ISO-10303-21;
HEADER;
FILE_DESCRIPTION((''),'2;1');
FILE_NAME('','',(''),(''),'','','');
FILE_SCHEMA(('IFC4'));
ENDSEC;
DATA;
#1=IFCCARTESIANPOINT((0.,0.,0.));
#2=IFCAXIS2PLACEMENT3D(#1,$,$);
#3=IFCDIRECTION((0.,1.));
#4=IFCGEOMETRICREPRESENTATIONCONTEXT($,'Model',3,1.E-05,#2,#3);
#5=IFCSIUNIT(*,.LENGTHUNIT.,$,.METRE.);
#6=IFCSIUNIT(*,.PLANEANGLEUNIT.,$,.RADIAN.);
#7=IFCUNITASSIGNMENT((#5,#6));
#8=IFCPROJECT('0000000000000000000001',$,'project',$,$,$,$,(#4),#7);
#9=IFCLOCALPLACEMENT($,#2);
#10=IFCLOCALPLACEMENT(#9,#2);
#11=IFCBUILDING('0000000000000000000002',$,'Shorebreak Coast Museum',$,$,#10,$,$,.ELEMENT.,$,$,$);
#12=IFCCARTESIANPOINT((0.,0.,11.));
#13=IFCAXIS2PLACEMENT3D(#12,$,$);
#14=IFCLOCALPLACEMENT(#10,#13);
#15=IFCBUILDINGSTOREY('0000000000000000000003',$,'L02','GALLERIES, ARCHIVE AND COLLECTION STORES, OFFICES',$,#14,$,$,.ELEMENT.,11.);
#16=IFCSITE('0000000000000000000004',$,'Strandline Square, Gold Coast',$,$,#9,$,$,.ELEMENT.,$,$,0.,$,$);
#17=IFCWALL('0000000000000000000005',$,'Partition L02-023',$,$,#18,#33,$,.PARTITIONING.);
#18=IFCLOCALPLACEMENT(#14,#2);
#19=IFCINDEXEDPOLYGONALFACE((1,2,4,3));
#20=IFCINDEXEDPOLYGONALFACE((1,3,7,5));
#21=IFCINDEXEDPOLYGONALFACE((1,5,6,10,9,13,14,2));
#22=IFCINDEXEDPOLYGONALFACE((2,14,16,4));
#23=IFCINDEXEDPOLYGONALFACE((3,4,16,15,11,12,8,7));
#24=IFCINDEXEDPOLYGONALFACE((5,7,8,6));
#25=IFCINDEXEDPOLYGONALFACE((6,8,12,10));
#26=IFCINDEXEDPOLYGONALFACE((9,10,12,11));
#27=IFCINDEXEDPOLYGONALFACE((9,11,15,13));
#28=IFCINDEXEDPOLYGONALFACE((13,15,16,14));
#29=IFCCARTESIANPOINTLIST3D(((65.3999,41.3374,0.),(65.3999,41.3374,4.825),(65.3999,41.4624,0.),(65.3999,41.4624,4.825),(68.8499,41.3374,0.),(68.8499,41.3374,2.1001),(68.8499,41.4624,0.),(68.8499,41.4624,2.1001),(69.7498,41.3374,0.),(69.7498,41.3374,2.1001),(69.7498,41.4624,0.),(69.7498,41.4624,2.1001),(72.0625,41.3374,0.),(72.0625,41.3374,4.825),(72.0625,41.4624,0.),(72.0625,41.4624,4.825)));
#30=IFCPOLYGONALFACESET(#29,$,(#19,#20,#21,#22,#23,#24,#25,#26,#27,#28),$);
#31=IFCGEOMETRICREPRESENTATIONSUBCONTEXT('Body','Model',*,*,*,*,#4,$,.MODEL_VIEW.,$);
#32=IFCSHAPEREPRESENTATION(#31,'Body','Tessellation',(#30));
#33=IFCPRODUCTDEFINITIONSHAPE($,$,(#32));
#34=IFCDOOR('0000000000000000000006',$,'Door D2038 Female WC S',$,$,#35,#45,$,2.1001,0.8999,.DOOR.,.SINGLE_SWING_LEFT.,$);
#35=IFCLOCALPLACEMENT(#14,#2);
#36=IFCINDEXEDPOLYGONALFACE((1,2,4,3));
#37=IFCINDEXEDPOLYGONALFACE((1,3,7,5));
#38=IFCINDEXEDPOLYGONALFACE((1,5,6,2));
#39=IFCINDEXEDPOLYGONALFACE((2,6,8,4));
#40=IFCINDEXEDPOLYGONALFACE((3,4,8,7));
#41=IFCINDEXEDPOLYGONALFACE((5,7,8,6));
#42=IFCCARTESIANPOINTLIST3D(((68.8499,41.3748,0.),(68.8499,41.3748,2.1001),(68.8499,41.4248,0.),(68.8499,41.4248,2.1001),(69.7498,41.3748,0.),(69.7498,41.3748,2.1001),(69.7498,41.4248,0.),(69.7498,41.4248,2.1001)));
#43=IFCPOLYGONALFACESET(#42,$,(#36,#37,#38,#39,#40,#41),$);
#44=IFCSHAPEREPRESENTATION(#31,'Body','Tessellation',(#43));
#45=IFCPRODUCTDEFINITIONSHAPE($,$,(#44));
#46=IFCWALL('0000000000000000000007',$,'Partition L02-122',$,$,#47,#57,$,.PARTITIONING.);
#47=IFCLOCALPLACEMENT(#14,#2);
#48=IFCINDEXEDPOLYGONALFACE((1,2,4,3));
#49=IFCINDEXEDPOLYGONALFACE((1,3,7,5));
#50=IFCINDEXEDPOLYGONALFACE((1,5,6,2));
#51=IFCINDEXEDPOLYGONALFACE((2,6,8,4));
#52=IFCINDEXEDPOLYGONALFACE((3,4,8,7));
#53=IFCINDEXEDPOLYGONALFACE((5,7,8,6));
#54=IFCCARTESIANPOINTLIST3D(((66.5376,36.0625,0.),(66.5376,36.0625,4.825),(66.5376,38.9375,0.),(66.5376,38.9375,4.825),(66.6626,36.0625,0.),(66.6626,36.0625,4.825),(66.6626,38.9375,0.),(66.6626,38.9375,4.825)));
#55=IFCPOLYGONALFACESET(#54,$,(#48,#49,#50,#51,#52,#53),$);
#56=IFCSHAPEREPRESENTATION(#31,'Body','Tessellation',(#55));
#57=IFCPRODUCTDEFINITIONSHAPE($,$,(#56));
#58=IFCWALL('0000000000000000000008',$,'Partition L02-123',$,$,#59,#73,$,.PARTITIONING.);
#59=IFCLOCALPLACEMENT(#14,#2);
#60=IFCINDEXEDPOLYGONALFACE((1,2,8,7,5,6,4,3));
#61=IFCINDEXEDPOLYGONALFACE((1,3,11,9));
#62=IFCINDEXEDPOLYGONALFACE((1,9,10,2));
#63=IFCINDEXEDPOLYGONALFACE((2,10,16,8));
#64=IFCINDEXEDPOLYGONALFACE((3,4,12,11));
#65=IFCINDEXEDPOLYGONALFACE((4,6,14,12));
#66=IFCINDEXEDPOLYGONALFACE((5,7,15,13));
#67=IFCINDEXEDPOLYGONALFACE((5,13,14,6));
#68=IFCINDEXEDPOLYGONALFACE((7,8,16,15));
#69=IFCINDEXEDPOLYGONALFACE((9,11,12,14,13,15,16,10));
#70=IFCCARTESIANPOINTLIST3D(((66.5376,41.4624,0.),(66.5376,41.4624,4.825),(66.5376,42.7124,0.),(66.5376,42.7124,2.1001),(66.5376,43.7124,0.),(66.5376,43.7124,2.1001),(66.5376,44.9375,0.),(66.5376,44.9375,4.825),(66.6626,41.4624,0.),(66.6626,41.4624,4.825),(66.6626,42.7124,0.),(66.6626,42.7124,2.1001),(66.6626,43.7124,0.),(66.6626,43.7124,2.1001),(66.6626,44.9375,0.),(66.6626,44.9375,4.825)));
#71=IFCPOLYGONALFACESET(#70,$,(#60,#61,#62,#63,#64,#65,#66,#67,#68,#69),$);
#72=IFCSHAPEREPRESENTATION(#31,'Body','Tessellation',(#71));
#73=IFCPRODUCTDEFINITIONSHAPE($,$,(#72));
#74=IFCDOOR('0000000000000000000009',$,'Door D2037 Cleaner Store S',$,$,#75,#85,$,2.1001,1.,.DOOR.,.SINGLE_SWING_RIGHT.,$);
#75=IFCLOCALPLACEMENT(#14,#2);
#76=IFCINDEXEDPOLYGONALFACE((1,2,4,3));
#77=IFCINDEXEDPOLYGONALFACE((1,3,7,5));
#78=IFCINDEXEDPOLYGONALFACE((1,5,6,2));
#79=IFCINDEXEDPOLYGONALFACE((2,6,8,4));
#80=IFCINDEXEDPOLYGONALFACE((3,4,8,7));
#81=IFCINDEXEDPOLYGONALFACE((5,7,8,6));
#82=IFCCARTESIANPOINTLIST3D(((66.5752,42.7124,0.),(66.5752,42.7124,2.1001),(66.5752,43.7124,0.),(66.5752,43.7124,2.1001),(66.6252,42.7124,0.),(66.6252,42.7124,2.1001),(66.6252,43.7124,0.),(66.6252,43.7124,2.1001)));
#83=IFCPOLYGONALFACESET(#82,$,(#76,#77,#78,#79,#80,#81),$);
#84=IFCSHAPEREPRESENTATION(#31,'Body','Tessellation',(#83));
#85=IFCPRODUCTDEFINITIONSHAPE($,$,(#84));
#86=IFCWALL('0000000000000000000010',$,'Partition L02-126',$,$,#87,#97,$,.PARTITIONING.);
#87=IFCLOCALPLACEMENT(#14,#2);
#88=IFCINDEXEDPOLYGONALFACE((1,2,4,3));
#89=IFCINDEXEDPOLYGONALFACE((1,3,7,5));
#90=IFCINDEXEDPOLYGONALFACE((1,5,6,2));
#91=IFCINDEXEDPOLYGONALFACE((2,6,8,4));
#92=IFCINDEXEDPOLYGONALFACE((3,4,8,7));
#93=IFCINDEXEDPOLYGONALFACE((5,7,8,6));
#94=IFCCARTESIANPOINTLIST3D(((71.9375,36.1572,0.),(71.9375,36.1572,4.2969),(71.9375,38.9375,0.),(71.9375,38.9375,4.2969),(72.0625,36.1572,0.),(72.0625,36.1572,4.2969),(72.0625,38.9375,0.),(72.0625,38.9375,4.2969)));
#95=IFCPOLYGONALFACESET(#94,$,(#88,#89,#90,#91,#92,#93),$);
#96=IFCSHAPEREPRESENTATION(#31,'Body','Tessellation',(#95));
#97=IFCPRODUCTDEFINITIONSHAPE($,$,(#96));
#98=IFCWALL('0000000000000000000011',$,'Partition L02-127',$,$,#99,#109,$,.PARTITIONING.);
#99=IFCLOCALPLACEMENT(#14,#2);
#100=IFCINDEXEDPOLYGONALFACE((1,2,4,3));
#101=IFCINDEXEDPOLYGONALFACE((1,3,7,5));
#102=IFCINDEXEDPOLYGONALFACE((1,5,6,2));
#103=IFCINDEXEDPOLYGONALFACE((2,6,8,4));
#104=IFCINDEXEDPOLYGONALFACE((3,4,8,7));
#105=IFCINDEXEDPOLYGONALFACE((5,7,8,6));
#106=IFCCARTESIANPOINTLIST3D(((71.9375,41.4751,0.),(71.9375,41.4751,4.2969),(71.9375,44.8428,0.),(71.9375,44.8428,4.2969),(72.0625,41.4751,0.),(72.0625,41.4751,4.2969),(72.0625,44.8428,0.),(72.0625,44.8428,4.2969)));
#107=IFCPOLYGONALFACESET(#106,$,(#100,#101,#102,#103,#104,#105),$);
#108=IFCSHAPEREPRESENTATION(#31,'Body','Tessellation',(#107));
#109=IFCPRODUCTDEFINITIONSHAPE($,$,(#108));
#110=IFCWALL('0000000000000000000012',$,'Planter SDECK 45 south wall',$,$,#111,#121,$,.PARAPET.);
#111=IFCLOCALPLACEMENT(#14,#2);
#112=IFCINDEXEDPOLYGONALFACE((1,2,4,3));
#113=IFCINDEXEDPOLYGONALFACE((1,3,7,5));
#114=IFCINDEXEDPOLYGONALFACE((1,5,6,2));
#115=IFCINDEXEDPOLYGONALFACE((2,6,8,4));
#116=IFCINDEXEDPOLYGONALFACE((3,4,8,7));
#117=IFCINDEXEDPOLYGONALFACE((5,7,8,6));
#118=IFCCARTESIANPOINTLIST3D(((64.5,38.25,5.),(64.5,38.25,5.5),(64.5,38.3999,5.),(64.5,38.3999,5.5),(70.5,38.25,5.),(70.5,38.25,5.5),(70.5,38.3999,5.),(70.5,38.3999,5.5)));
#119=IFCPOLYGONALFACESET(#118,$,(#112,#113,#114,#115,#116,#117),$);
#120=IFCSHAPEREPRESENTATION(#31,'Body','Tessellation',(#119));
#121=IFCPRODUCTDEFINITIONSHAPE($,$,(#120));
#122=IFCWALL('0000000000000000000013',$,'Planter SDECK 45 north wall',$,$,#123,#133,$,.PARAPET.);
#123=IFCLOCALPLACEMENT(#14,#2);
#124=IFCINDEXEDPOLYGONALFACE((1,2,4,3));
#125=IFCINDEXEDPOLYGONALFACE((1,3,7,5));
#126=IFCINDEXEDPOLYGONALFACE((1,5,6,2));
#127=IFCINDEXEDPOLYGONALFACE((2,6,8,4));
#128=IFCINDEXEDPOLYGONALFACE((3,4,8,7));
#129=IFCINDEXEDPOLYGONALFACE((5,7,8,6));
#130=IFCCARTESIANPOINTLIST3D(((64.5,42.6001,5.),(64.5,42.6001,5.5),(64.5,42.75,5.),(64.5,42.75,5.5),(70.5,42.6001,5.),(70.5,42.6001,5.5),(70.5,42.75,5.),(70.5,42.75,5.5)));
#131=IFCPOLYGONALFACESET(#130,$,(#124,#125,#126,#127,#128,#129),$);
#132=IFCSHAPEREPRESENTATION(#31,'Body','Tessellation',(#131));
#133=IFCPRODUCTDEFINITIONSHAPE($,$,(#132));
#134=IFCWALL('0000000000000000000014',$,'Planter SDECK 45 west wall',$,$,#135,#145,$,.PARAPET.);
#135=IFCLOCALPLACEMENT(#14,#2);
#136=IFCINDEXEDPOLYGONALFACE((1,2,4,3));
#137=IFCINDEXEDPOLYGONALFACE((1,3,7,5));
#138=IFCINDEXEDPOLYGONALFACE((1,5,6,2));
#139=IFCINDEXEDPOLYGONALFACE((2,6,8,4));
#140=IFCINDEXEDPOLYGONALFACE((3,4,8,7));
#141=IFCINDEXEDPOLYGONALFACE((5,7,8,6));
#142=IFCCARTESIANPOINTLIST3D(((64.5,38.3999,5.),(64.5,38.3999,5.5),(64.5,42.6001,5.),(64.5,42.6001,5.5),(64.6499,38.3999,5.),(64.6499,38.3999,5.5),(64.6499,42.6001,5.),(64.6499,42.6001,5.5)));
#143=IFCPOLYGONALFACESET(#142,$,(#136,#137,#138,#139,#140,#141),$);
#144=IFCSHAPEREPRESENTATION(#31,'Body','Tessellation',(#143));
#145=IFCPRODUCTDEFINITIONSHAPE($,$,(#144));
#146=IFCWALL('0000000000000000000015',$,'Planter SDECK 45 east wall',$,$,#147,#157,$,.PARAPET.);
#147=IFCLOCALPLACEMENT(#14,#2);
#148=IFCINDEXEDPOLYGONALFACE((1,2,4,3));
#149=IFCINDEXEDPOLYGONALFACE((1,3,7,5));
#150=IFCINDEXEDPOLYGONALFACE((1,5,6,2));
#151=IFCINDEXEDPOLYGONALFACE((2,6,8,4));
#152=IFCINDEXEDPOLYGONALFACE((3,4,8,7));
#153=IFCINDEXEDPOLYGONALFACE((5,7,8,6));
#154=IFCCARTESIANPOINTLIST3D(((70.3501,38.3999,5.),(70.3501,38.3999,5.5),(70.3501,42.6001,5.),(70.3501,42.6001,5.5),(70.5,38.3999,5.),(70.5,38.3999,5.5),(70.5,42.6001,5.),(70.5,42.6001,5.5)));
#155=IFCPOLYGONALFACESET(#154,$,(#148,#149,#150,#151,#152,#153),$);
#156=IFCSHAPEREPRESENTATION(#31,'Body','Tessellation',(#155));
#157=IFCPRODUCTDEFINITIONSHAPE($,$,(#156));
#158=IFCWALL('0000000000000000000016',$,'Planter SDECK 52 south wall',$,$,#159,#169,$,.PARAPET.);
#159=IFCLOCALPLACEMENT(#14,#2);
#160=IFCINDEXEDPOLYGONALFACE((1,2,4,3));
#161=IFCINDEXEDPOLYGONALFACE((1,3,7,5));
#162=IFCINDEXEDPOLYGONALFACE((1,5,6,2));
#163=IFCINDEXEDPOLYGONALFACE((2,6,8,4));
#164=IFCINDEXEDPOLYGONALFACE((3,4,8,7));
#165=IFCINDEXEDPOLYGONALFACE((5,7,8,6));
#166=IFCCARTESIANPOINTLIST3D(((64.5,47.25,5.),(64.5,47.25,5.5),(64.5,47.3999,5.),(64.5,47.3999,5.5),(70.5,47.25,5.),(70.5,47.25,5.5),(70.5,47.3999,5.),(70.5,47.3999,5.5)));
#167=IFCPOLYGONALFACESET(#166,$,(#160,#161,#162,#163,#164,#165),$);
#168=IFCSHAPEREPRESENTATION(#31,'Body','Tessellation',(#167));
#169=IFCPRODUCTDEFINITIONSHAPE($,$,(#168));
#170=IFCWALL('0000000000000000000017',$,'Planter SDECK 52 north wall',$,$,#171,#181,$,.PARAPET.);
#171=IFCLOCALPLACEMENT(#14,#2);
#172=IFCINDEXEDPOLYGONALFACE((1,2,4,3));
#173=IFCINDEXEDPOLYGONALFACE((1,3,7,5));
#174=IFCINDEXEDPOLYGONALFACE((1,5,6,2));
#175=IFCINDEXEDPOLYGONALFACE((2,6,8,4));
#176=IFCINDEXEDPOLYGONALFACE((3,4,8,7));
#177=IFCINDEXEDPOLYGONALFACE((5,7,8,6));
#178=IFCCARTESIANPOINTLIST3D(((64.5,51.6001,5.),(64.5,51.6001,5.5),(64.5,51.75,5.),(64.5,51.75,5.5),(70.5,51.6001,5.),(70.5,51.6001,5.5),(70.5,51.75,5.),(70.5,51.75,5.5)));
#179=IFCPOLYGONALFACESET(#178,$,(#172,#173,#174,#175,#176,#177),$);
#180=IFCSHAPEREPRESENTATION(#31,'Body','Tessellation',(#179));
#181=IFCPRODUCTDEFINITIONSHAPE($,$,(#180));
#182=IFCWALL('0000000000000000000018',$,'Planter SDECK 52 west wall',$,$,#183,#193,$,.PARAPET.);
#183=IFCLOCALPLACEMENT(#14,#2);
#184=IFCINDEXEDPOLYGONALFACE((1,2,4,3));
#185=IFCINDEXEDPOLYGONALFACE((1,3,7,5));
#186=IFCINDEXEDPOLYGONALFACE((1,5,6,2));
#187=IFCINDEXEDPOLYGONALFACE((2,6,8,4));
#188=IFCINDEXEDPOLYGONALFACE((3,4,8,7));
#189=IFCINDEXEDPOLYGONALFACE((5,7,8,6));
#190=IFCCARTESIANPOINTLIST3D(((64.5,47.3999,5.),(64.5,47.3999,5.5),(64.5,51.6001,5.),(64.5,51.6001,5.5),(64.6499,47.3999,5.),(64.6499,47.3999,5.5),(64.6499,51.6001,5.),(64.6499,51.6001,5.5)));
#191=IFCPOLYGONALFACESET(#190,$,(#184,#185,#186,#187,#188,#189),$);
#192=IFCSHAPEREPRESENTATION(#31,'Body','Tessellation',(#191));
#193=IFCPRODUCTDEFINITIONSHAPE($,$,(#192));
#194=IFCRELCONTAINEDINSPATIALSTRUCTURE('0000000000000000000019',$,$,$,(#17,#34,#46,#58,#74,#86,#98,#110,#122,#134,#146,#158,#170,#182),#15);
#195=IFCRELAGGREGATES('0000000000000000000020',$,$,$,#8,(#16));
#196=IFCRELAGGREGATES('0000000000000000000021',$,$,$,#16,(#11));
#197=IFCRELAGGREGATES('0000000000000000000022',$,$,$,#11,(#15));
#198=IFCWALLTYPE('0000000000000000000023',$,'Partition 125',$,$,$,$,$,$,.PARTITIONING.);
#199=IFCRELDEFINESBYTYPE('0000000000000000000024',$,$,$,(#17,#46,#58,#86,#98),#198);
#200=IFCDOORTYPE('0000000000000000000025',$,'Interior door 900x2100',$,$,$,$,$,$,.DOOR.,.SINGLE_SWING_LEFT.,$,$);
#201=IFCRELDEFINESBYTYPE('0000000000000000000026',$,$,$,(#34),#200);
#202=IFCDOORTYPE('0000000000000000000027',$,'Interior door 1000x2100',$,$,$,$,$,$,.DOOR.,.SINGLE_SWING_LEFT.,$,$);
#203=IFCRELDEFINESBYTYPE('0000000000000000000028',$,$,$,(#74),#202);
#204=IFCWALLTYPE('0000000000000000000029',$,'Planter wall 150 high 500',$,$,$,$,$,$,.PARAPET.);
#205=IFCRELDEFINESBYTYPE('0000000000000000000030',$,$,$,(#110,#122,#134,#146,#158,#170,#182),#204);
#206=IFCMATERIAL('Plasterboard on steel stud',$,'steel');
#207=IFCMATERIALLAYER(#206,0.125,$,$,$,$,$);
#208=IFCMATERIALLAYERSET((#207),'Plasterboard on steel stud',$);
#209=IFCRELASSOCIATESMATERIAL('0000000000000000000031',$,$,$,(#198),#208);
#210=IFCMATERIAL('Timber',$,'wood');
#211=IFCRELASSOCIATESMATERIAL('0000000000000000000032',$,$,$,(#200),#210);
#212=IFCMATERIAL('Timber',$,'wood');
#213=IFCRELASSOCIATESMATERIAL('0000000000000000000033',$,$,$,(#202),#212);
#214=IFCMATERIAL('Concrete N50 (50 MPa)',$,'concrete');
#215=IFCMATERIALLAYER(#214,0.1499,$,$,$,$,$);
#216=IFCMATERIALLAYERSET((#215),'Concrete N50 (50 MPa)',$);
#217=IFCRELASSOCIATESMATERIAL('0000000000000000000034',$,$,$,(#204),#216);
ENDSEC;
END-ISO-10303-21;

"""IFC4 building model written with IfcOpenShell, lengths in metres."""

from ifc_helpers import new_model, si_unit, direction, frame, frame_2d, origin, place, context, subcontext, project, spatial, rectangle, extrude, material, layer, layer_set, type_object, element, fill, save


model = new_model("IFC4")

# Units and contexts
model_context = context("Model", 3, precision=1e-05, world=origin(), true_north=direction((0.0, 1.0)))
body_context = subcontext(model_context, "Body", "Model", "MODEL_VIEW")
ifc_project = project(units=[si_unit("LENGTHUNIT", "METRE"), si_unit("PLANEANGLEUNIT", "RADIAN")], contexts=[model_context])

# Site, building, storey
site_placement = place(None, origin())
site = spatial("IfcSite", under=ifc_project, at=site_placement, Name="Strandline Square, Gold Coast", CompositionType="ELEMENT", RefElevation=0.0)
building_placement = place(site_placement, origin())
building = spatial("IfcBuilding", under=site, at=building_placement, Name="Shorebreak Coast Museum", CompositionType="ELEMENT")
storey_placement = place(building_placement, frame((0.0, 0.0, 11.0)))
storey = spatial("IfcBuildingStorey", under=building, at=storey_placement, Name="L02", Description="GALLERIES, ARCHIVE AND COLLECTION STORES, OFFICES", CompositionType="ELEMENT", Elevation=11.0)

# Wall, opening, door
ifc_material_1 = material(Name="Plasterboard on steel stud", Category="steel")
ifc_layer_1 = layer(ifc_material_1, 0.125)
ifc_layer_set_1 = layer_set([ifc_layer_1], Name="Plasterboard on steel stud")
wall_type_1 = type_object("IfcWallType", Name="Partition 125", PredefinedType="PARTITIONING", material=ifc_layer_set_1)
wall_1_placement = place(storey_placement, frame((65.3999, 41.3999, 0.0), z_axis=(0.0, 0.0, 1.0), x_axis=(1.0, 0.0, 0.0)))
wall_1 = element("IfcWall", 1, at=wall_1_placement, inside=storey, type_object=wall_type_1, Name="Partition L02-023", PredefinedType="PARTITIONING", context=body_context, shape_type="SweptSolid", body=[
    extrude(rectangle(XDim=6.6626, YDim=0.125, at=frame_2d((3.3313, 0.0))), origin(), (0.0, 0.0, 1.0), 4.825),
])
opening_1_placement = place(wall_1_placement, frame((3.45, 0.0, 0.0)))
opening_1 = element("IfcOpeningElement", 2, at=opening_1_placement, cuts=wall_1, PredefinedType="OPENING", context=body_context, shape_type="SweptSolid", body=[
    extrude(rectangle(XDim=0.8999, YDim=2.1001, at=frame_2d((0.45, 1.05))), frame((0.0, 0.0725, 0.0), z_axis=(0.0, -1.0, 0.0), x_axis=(1.0, 0.0, 0.0)), (0.0, 0.0, 1.0), 0.145),
])
ifc_material_2 = material(Name="Timber", Category="wood")
door_type_1 = type_object("IfcDoorType", Name="Interior door 900x2100", OperationType="SINGLE_SWING_LEFT", PredefinedType="DOOR", material=ifc_material_2)
door_1_placement = place(opening_1_placement, origin())
door_1 = element("IfcDoor", 3, at=door_1_placement, inside=storey, type_object=door_type_1, Name="Door D2038 Female WC S", OperationType="SINGLE_SWING_LEFT", OverallHeight=2.1001, OverallWidth=0.8999, PredefinedType="DOOR", context=body_context, shape_type="SweptSolid", body=[
    extrude(rectangle(XDim=0.8999, YDim=2.1001, at=frame_2d((0.45, 1.05))), frame((0.0, 0.0249, 0.0), z_axis=(0.0, -1.0, 0.0), x_axis=(1.0, 0.0, 0.0)), (0.0, 0.0, 1.0), 0.05),
])
fill(opening_1, door_1)

# Wall
wall_2_placement = place(storey_placement, frame((66.6001, 36.0625, 0.0), z_axis=(0.0, 0.0, 1.0), x_axis=(0.0, 1.0, 0.0)))
element("IfcWall", 4, at=wall_2_placement, inside=storey, type_object=wall_type_1, Name="Partition L02-122", PredefinedType="PARTITIONING", context=body_context, shape_type="SweptSolid", body=[
    extrude(rectangle(XDim=2.875, YDim=0.125, at=frame_2d((1.4375, 0.0))), origin(), (0.0, 0.0, 1.0), 4.825),
])

# Wall, opening, door
wall_3_placement = place(storey_placement, frame((66.6001, 41.4624, 0.0), z_axis=(0.0, 0.0, 1.0), x_axis=(0.0, 1.0, 0.0)))
wall_3 = element("IfcWall", 5, at=wall_3_placement, inside=storey, type_object=wall_type_1, Name="Partition L02-123", PredefinedType="PARTITIONING", context=body_context, shape_type="SweptSolid", body=[
    extrude(rectangle(XDim=3.4751, YDim=0.125, at=frame_2d((1.7375, 0.0))), origin(), (0.0, 0.0, 1.0), 4.825),
])
opening_2_placement = place(wall_3_placement, frame((1.25, 0.0, 0.0)))
opening_2 = element("IfcOpeningElement", 6, at=opening_2_placement, cuts=wall_3, PredefinedType="OPENING", context=body_context, shape_type="SweptSolid", body=[
    extrude(rectangle(XDim=1.0, YDim=2.1001, at=frame_2d((0.5, 1.05))), frame((0.0, 0.0725, 0.0), z_axis=(0.0, -1.0, 0.0), x_axis=(1.0, 0.0, 0.0)), (0.0, 0.0, 1.0), 0.145),
])
ifc_material_3 = material(Name="Timber", Category="wood")
door_type_2 = type_object("IfcDoorType", Name="Interior door 1000x2100", OperationType="SINGLE_SWING_LEFT", PredefinedType="DOOR", material=ifc_material_3)
door_2_placement = place(opening_2_placement, origin())
door_2 = element("IfcDoor", 7, at=door_2_placement, inside=storey, type_object=door_type_2, Name="Door D2037 Cleaner Store S", OperationType="SINGLE_SWING_RIGHT", OverallHeight=2.1001, OverallWidth=1.0, PredefinedType="DOOR", context=body_context, shape_type="SweptSolid", body=[
    extrude(rectangle(XDim=1.0, YDim=2.1001, at=frame_2d((0.5, 1.05))), frame((0.0, 0.0249, 0.0), z_axis=(0.0, -1.0, 0.0), x_axis=(1.0, 0.0, 0.0)), (0.0, 0.0, 1.0), 0.05),
])
fill(opening_2, door_2)

# Walls
wall_4_placement = place(storey_placement, frame((72.0, 36.1572, 0.0), z_axis=(0.0, 0.0, 1.0), x_axis=(0.0, 1.0, 0.0)))
element("IfcWall", 8, at=wall_4_placement, inside=storey, type_object=wall_type_1, Name="Partition L02-126", PredefinedType="PARTITIONING", context=body_context, shape_type="SweptSolid", body=[
    extrude(rectangle(XDim=2.7803, YDim=0.125, at=frame_2d((1.3901, 0.0))), origin(), (0.0, 0.0, 1.0), 4.2969),
])
wall_5_placement = place(storey_placement, frame((72.0, 41.4751, 0.0), z_axis=(0.0, 0.0, 1.0), x_axis=(0.0, 1.0, 0.0)))
element("IfcWall", 9, at=wall_5_placement, inside=storey, type_object=wall_type_1, Name="Partition L02-127", PredefinedType="PARTITIONING", context=body_context, shape_type="SweptSolid", body=[
    extrude(rectangle(XDim=3.3677, YDim=0.125, at=frame_2d((1.6838, 0.0))), origin(), (0.0, 0.0, 1.0), 4.2969),
])
ifc_material_4 = material(Name="Concrete N50 (50 MPa)", Category="concrete")
ifc_layer_2 = layer(ifc_material_4, 0.1499)
ifc_layer_set_2 = layer_set([ifc_layer_2], Name="Concrete N50 (50 MPa)")
wall_type_2 = type_object("IfcWallType", Name="Planter wall 150 high 500", PredefinedType="PARAPET", material=ifc_layer_set_2)
for number, where, z_axis, x_axis, name in (
    (10, (64.5, 38.325, 5.0), (0.0, 0.0, 1.0), (1.0, 0.0, 0.0), "Planter SDECK 45 south wall"),
    (11, (64.5, 42.675, 5.0), (0.0, 0.0, 1.0), (1.0, 0.0, 0.0), "Planter SDECK 45 north wall"),
):
    element("IfcWall", number, at=place(storey_placement, frame(where, z_axis=z_axis, x_axis=x_axis)), inside=storey, type_object=wall_type_2, Name=name, PredefinedType="PARAPET", context=body_context, shape_type="SweptSolid", body=[
        extrude(rectangle(XDim=6.0, YDim=0.1499, at=frame_2d((3.0, 0.0))), origin(), (0.0, 0.0, 1.0), 0.5),
    ])
for number, where, z_axis, x_axis, name in (
    (12, (64.575, 38.3999, 5.0), (0.0, 0.0, 1.0), (0.0, 1.0, 0.0), "Planter SDECK 45 west wall"),
    (13, (70.425, 38.3999, 5.0), (0.0, 0.0, 1.0), (0.0, 1.0, 0.0), "Planter SDECK 45 east wall"),
):
    element("IfcWall", number, at=place(storey_placement, frame(where, z_axis=z_axis, x_axis=x_axis)), inside=storey, type_object=wall_type_2, Name=name, PredefinedType="PARAPET", context=body_context, shape_type="SweptSolid", body=[
        extrude(rectangle(XDim=4.2002, YDim=0.1499, at=frame_2d((2.1001, 0.0))), origin(), (0.0, 0.0, 1.0), 0.5),
    ])
for number, where, z_axis, x_axis, name in (
    (14, (64.5, 47.325, 5.0), (0.0, 0.0, 1.0), (1.0, 0.0, 0.0), "Planter SDECK 52 south wall"),
    (15, (64.5, 51.675, 5.0), (0.0, 0.0, 1.0), (1.0, 0.0, 0.0), "Planter SDECK 52 north wall"),
):
    element("IfcWall", number, at=place(storey_placement, frame(where, z_axis=z_axis, x_axis=x_axis)), inside=storey, type_object=wall_type_2, Name=name, PredefinedType="PARAPET", context=body_context, shape_type="SweptSolid", body=[
        extrude(rectangle(XDim=6.0, YDim=0.1499, at=frame_2d((3.0, 0.0))), origin(), (0.0, 0.0, 1.0), 0.5),
    ])
for number, where, z_axis, x_axis, name in (
    (16, (64.575, 47.3999, 5.0), (0.0, 0.0, 1.0), (0.0, 1.0, 0.0), "Planter SDECK 52 west wall"),
):
    element("IfcWall", number, at=place(storey_placement, frame(where, z_axis=z_axis, x_axis=x_axis)), inside=storey, type_object=wall_type_2, Name=name, PredefinedType="PARAPET", context=body_context, shape_type="SweptSolid", body=[
        extrude(rectangle(XDim=4.2002, YDim=0.1499, at=frame_2d((2.1001, 0.0))), origin(), (0.0, 0.0, 1.0), 0.5),
    ])

save(model, "model.ifc")
